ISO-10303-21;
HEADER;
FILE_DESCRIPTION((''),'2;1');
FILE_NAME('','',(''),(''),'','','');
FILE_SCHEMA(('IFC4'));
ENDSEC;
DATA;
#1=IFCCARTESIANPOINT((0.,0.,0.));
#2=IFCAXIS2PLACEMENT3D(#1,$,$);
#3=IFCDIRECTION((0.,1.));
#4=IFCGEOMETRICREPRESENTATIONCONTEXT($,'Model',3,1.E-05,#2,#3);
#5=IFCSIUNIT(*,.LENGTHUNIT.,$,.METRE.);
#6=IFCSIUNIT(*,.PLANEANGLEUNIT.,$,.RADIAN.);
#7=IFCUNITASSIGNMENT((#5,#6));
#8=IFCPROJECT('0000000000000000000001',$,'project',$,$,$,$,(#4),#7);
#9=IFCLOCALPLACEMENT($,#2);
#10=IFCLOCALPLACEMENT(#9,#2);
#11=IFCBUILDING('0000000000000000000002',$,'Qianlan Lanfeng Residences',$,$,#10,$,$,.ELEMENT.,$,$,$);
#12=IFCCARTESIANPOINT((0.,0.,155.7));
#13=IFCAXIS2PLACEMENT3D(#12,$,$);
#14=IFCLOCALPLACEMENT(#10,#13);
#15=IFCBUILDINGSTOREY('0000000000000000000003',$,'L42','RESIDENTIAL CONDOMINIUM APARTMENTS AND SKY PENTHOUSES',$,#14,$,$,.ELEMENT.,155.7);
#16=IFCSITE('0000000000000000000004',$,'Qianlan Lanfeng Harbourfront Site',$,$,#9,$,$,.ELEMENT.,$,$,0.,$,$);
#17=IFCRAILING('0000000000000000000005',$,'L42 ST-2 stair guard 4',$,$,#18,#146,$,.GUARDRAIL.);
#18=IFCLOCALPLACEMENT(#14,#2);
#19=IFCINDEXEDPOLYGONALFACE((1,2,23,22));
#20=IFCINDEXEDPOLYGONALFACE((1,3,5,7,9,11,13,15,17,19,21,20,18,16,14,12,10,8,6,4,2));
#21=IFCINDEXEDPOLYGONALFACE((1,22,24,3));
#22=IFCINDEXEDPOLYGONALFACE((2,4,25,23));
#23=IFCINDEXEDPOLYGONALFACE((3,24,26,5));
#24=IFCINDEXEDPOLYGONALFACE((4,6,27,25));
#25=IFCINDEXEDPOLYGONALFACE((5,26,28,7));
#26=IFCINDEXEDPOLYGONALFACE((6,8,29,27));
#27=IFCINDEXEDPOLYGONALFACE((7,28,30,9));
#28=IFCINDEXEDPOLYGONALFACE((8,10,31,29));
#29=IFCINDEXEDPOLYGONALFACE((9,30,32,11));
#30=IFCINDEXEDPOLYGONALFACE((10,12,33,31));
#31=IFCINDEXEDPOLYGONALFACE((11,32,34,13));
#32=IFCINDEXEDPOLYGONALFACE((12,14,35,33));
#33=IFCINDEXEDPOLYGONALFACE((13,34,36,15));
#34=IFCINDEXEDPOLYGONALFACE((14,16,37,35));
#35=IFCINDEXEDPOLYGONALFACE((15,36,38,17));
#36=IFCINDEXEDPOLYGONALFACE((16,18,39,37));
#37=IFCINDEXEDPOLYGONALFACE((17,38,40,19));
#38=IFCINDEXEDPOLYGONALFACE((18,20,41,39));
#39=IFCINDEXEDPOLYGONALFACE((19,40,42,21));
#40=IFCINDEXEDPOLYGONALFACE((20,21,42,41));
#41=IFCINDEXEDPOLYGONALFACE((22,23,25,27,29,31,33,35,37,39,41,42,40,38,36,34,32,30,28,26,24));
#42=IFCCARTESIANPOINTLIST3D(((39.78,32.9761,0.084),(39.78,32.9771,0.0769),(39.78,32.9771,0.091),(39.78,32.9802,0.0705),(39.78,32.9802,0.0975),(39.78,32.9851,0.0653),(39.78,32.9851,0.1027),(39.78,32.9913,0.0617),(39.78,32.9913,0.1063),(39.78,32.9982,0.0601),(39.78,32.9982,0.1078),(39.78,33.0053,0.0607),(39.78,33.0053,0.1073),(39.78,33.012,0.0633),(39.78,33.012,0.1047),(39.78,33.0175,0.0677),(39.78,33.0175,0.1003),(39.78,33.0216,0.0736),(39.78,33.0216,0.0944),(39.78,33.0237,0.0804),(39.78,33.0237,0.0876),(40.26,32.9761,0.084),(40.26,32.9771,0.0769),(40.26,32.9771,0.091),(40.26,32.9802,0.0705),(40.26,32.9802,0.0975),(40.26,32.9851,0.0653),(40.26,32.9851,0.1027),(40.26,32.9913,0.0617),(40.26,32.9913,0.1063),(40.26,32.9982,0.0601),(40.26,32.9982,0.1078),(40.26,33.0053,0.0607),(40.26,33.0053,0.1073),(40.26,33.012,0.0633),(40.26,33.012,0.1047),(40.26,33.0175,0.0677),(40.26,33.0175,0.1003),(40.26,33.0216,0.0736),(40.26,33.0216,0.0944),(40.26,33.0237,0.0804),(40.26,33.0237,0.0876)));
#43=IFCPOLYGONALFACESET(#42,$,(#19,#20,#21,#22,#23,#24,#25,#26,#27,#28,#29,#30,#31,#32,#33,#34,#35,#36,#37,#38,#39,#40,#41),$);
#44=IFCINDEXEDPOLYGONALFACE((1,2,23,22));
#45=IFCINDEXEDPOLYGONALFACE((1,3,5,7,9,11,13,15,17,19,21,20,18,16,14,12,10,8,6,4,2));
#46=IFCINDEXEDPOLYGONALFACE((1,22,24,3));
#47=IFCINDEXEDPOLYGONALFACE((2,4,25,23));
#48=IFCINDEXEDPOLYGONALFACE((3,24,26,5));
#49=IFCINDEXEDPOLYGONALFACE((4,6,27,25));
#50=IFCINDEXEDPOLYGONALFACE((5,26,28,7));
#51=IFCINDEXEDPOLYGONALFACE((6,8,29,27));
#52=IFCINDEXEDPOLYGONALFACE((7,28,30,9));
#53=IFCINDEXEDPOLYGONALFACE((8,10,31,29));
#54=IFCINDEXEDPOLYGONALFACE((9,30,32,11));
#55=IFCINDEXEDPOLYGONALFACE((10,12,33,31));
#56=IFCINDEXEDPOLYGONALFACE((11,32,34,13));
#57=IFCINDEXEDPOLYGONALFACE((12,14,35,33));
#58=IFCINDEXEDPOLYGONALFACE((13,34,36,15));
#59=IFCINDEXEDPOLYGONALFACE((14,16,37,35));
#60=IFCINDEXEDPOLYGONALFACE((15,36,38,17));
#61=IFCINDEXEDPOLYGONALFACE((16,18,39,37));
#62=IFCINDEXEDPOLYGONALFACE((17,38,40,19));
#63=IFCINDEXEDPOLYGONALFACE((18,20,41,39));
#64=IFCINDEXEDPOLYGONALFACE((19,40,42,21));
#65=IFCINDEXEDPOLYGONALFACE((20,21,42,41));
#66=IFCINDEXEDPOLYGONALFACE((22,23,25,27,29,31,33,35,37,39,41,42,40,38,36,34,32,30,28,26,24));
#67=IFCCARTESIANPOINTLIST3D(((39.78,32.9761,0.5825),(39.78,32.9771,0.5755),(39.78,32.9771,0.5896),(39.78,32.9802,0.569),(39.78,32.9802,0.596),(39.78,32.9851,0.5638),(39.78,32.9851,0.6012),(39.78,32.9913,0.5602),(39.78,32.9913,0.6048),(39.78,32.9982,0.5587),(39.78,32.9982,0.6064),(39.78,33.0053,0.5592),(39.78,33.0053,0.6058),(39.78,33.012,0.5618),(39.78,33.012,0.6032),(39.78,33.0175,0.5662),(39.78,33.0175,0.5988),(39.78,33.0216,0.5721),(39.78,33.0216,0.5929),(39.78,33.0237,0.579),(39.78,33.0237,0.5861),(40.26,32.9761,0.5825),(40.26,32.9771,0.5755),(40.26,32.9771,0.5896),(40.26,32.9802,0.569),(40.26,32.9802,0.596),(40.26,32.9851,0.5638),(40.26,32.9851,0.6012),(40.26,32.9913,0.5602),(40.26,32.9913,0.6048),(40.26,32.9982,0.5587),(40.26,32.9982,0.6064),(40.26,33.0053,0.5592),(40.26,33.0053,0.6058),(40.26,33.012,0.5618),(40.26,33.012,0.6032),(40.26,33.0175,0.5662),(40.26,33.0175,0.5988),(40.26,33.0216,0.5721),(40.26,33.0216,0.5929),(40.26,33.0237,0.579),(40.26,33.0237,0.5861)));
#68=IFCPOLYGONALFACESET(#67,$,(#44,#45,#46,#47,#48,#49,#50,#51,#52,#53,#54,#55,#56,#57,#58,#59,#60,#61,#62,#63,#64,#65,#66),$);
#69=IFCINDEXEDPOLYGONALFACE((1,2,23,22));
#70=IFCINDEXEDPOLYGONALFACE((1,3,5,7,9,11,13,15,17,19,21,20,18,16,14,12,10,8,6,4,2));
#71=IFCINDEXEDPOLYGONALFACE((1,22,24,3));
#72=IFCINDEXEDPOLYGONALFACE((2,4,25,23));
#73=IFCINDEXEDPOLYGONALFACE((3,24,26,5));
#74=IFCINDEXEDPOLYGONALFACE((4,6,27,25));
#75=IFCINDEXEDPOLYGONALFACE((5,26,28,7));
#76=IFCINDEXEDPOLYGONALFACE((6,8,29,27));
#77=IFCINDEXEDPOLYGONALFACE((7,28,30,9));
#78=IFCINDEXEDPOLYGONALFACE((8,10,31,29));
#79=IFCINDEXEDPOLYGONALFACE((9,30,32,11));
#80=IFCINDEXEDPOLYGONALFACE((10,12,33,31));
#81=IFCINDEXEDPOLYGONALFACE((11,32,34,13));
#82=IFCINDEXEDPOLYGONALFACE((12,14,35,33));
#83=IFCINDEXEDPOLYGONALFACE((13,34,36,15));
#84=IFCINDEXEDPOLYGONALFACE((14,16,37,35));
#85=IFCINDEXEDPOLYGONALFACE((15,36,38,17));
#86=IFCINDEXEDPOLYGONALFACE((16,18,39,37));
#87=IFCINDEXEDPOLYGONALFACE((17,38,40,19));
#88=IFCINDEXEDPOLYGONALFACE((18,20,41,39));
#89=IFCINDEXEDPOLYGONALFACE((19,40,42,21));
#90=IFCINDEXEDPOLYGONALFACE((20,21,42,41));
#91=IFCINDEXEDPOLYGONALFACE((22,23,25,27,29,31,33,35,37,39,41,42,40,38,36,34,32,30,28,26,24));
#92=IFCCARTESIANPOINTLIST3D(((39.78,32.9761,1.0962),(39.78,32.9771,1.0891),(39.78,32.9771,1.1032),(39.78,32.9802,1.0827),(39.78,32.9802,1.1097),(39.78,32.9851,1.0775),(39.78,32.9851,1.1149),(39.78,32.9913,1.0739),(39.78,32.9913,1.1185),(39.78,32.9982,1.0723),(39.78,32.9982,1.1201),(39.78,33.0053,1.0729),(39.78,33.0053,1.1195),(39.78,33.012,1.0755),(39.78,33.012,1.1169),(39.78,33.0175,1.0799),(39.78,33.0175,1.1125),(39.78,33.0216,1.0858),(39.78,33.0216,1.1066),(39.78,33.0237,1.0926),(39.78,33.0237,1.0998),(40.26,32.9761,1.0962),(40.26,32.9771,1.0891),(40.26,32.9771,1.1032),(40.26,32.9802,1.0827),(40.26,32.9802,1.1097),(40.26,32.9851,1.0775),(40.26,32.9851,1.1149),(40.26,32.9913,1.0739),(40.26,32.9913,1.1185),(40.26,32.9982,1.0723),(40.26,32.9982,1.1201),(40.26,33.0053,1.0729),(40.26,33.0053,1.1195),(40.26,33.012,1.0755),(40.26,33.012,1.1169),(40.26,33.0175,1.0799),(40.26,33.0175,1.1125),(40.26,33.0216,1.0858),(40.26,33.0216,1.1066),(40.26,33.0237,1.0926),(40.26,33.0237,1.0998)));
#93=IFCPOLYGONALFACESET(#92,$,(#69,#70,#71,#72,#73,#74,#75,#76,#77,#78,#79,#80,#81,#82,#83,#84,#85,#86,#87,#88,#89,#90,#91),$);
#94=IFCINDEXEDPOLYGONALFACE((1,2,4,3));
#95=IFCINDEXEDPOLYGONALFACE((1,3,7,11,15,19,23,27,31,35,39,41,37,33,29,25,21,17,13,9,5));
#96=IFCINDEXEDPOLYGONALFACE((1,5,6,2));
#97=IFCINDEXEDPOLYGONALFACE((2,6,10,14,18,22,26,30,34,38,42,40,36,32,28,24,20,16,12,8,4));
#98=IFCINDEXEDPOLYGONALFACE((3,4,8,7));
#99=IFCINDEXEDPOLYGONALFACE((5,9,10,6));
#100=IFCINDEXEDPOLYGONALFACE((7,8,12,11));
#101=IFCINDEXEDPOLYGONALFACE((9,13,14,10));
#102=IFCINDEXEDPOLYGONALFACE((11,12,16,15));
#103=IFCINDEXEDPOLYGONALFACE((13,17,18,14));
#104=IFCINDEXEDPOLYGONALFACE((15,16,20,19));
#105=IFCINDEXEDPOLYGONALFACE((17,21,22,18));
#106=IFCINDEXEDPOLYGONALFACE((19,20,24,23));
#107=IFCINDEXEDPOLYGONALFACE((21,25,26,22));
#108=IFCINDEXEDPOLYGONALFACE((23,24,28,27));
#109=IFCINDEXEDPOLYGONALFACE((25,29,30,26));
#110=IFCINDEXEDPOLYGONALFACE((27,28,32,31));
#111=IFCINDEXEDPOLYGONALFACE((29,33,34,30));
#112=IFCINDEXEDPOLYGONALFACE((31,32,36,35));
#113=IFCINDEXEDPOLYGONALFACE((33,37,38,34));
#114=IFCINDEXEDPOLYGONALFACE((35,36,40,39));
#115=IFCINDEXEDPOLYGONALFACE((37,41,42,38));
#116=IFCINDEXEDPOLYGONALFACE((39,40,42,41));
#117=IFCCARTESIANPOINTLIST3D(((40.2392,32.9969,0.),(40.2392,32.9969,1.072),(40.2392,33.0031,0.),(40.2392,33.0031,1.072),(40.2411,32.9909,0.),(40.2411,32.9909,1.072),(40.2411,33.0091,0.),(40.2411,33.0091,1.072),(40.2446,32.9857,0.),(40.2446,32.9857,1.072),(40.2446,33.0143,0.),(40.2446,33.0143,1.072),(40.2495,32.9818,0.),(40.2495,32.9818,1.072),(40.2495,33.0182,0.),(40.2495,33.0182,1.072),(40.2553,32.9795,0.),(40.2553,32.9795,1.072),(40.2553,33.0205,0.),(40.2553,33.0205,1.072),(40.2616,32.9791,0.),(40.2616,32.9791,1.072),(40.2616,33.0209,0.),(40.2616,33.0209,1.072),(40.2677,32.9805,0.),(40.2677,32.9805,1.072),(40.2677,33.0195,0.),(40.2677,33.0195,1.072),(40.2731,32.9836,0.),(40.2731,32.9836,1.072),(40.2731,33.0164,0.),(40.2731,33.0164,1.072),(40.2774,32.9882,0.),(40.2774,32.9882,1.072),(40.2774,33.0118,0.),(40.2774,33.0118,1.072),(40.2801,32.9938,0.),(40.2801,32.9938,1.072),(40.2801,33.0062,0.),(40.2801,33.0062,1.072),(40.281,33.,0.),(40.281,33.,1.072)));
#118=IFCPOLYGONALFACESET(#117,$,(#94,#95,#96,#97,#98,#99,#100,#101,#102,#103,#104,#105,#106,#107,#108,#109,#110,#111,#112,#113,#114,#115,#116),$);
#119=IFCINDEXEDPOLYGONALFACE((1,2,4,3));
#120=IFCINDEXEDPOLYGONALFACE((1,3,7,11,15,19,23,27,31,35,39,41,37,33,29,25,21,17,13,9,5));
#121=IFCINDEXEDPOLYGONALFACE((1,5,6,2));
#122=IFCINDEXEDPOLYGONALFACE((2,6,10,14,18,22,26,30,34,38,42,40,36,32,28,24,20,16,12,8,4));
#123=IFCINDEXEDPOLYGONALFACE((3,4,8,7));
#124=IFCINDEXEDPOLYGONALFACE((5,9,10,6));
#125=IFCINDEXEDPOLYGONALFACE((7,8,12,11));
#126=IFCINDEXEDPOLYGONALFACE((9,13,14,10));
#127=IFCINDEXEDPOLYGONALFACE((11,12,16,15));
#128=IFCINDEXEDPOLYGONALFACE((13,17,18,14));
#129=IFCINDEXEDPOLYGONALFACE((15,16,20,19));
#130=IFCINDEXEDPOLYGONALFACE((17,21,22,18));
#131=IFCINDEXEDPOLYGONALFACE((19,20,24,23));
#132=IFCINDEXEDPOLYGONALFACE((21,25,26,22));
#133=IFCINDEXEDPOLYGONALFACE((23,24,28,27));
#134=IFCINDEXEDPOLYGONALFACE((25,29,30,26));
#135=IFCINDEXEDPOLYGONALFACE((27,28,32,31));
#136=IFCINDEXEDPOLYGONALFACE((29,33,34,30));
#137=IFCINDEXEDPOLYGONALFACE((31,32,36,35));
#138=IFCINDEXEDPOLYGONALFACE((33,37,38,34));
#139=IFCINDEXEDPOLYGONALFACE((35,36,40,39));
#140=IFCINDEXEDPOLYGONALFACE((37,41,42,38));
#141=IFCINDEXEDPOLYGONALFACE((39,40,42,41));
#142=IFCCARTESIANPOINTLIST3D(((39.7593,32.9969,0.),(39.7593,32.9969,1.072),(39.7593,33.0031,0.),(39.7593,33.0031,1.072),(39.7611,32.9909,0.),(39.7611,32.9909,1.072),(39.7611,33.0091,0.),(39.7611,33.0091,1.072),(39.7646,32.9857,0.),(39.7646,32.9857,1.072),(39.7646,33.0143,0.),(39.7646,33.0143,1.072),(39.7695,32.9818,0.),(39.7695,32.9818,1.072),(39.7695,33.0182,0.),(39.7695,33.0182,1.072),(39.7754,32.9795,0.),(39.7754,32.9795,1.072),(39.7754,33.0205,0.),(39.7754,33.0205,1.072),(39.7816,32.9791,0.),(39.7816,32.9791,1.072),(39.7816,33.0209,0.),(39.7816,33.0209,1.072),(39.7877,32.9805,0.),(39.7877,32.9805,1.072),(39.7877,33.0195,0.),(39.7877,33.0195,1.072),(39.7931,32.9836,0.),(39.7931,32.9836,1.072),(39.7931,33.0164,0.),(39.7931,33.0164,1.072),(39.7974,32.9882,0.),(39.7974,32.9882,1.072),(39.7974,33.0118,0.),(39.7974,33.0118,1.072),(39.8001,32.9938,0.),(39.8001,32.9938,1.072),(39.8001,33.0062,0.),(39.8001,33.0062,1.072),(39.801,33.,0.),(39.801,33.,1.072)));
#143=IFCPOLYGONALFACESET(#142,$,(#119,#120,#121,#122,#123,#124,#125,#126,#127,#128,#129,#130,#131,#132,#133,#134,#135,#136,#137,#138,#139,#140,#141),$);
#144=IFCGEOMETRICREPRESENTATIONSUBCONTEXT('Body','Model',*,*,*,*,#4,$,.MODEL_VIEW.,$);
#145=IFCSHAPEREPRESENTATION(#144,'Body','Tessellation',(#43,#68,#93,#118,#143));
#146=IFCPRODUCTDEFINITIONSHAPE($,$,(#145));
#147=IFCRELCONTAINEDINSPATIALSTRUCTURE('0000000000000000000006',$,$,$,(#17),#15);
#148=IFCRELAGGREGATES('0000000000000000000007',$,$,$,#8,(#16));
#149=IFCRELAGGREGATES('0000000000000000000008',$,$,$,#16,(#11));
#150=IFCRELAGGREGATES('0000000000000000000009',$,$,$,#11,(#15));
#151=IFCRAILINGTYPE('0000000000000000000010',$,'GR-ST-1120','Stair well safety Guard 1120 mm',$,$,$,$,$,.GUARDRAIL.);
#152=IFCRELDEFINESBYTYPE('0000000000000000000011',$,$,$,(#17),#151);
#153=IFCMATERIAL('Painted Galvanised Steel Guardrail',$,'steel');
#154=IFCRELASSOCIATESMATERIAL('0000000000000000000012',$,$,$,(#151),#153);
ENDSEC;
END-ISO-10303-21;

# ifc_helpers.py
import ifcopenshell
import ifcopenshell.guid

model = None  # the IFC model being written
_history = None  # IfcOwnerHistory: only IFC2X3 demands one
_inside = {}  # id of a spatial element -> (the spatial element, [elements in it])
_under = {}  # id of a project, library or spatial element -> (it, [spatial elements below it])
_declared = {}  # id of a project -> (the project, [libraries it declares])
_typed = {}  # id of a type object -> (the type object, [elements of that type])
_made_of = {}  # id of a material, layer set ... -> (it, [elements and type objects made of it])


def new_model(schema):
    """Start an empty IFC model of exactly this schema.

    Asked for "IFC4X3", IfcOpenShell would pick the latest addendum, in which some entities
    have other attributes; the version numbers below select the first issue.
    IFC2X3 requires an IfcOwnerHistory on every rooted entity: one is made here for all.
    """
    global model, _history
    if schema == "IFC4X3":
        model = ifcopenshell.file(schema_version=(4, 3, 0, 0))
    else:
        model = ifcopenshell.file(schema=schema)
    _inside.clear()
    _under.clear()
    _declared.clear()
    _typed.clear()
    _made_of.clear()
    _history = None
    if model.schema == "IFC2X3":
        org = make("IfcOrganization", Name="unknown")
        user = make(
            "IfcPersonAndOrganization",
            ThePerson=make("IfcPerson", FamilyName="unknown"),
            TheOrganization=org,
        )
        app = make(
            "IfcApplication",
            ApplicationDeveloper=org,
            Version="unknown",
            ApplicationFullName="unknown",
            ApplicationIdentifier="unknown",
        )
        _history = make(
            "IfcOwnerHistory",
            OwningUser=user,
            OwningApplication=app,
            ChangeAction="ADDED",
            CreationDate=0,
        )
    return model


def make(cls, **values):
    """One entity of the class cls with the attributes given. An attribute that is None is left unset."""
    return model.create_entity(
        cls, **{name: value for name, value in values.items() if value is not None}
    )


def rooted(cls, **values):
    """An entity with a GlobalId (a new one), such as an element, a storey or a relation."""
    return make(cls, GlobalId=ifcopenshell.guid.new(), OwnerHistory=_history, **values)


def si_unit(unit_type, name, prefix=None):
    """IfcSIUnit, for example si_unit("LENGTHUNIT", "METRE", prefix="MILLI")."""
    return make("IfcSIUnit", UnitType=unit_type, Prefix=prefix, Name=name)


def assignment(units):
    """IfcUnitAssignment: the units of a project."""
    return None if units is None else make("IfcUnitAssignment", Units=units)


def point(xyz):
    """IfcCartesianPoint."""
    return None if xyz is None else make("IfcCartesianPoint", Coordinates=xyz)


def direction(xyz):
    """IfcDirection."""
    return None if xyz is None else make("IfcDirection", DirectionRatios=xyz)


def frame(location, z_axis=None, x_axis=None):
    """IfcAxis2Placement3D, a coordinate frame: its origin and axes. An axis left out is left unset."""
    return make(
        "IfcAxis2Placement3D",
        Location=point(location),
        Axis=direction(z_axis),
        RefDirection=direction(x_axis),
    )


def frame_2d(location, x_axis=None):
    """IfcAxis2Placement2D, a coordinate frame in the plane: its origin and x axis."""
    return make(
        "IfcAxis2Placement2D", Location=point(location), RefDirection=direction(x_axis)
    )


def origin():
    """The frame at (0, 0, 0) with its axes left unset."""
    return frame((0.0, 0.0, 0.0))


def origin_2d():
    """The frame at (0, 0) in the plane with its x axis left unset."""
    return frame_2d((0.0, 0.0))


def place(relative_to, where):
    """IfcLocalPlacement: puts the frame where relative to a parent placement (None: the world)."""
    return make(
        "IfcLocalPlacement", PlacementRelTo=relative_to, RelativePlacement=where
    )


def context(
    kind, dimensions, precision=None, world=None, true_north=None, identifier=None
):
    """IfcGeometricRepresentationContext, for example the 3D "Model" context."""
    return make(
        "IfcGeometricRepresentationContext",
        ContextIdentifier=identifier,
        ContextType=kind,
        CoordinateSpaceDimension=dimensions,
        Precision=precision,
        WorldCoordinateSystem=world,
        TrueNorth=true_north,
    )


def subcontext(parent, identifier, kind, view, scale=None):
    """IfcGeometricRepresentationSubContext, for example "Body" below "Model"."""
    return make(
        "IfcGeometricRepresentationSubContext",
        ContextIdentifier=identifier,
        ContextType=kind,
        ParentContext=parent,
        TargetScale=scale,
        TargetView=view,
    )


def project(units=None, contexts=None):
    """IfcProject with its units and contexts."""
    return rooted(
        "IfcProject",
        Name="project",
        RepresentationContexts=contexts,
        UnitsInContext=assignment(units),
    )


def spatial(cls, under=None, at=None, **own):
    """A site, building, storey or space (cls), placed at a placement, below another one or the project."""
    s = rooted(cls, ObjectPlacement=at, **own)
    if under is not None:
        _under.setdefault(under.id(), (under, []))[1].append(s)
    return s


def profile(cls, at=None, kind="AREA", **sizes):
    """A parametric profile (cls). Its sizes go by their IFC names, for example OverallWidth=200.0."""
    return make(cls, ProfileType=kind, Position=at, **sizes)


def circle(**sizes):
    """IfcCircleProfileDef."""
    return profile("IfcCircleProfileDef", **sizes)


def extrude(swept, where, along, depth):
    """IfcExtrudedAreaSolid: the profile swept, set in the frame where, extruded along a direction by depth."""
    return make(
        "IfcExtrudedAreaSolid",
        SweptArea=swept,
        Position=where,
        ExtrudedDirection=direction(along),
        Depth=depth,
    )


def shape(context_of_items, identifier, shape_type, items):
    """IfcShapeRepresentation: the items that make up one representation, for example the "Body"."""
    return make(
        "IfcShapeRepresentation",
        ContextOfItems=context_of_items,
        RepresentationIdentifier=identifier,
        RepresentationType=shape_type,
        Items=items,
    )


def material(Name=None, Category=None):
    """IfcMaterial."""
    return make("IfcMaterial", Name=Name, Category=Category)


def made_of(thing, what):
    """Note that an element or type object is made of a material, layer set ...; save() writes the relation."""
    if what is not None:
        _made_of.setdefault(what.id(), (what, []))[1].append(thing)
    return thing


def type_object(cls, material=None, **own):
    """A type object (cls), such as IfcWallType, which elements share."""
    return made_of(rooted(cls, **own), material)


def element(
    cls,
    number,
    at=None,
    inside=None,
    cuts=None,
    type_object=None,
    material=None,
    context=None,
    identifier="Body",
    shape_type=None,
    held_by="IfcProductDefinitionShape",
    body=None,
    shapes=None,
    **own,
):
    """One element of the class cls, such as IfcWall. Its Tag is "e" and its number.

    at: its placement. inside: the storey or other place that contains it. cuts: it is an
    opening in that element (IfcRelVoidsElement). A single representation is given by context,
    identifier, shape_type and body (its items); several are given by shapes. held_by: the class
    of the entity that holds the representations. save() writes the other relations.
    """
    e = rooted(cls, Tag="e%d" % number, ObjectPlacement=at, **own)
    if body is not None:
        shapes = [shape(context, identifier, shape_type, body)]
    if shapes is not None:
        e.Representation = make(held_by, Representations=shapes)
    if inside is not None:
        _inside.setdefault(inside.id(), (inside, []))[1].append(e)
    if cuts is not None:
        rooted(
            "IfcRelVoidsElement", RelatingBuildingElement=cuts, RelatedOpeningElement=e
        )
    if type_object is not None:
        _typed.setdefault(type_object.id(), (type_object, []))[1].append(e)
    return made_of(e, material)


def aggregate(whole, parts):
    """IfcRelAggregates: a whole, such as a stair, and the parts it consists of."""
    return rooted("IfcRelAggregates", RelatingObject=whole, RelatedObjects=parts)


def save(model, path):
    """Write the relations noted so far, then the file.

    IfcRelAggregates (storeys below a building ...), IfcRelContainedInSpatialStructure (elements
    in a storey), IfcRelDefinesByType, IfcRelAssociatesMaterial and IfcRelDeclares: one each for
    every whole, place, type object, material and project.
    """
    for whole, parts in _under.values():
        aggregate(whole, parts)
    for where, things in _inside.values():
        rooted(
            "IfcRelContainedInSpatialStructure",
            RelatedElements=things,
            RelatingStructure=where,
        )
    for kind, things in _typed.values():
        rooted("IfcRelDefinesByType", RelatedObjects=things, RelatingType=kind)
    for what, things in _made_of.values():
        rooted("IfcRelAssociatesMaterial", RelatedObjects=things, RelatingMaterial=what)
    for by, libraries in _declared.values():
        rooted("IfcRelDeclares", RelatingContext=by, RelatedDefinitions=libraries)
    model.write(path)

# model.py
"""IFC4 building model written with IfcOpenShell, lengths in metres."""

from ifc_helpers import new_model, si_unit, direction, frame, origin, origin_2d, place, context, subcontext, project, spatial, circle, extrude, material, type_object, element, save


model = new_model("IFC4")

# Units and contexts
model_context = context("Model", 3, precision=1e-05, world=origin(), true_north=direction((0.0, 1.0)))
body_context = subcontext(model_context, "Body", "Model", "MODEL_VIEW")
ifc_project = project(units=[si_unit("LENGTHUNIT", "METRE"), si_unit("PLANEANGLEUNIT", "RADIAN")], contexts=[model_context])

# Site, building, storey
site_placement = place(None, origin())
site = spatial("IfcSite", under=ifc_project, at=site_placement, Name="Qianlan Lanfeng Harbourfront Site", CompositionType="ELEMENT", RefElevation=0.0)
building_placement = place(site_placement, origin())
building = spatial("IfcBuilding", under=site, at=building_placement, Name="Qianlan Lanfeng Residences", CompositionType="ELEMENT")
storey_placement = place(building_placement, frame((0.0, 0.0, 155.7)))
storey = spatial("IfcBuildingStorey", under=building, at=storey_placement, Name="L42", Description="RESIDENTIAL CONDOMINIUM APARTMENTS AND SKY PENTHOUSES", CompositionType="ELEMENT", Elevation=155.7)

# Railing
ifc_material_1 = material(Name="Painted Galvanised Steel Guardrail", Category="steel")
railing_type_1 = type_object("IfcRailingType", Name="GR-ST-1120", Description="Stair well safety Guard 1120 mm", PredefinedType="GUARDRAIL", material=ifc_material_1)
railing_1_placement = place(storey_placement, frame((40.26, 33.0, 0.0)))
element("IfcRailing", 1, at=railing_1_placement, inside=storey, type_object=railing_type_1, Name="L42 ST-2 stair guard 4", PredefinedType="GUARDRAIL", context=body_context, shape_type="SweptSolid", body=[
    extrude(circle(Radius=0.0239, at=origin_2d()), frame((0.0, 0.0, 0.084), z_axis=(-1.0, 0.0, 0.0), x_axis=(0.0, -1.0, 0.0)), (0.0, 0.0, 1.0), 0.48),
    extrude(circle(Radius=0.0239, at=origin_2d()), frame((0.0, 0.0, 0.5825), z_axis=(-1.0, 0.0, 0.0), x_axis=(0.0, -1.0, 0.0)), (0.0, 0.0, 1.0), 0.48),
    extrude(circle(Radius=0.0239, at=origin_2d()), frame((0.0, 0.0, 1.0962), z_axis=(-1.0, 0.0, 0.0), x_axis=(0.0, -1.0, 0.0)), (0.0, 0.0, 1.0), 0.48),
    extrude(circle(Radius=0.021, at=origin_2d()), origin(), (0.0, 0.0, 1.0), 1.072),
    extrude(circle(Radius=0.021, at=origin_2d()), frame((-0.48, 0.0, 0.0)), (0.0, 0.0, 1.0), 1.072),
])

save(model, "model.ifc")
